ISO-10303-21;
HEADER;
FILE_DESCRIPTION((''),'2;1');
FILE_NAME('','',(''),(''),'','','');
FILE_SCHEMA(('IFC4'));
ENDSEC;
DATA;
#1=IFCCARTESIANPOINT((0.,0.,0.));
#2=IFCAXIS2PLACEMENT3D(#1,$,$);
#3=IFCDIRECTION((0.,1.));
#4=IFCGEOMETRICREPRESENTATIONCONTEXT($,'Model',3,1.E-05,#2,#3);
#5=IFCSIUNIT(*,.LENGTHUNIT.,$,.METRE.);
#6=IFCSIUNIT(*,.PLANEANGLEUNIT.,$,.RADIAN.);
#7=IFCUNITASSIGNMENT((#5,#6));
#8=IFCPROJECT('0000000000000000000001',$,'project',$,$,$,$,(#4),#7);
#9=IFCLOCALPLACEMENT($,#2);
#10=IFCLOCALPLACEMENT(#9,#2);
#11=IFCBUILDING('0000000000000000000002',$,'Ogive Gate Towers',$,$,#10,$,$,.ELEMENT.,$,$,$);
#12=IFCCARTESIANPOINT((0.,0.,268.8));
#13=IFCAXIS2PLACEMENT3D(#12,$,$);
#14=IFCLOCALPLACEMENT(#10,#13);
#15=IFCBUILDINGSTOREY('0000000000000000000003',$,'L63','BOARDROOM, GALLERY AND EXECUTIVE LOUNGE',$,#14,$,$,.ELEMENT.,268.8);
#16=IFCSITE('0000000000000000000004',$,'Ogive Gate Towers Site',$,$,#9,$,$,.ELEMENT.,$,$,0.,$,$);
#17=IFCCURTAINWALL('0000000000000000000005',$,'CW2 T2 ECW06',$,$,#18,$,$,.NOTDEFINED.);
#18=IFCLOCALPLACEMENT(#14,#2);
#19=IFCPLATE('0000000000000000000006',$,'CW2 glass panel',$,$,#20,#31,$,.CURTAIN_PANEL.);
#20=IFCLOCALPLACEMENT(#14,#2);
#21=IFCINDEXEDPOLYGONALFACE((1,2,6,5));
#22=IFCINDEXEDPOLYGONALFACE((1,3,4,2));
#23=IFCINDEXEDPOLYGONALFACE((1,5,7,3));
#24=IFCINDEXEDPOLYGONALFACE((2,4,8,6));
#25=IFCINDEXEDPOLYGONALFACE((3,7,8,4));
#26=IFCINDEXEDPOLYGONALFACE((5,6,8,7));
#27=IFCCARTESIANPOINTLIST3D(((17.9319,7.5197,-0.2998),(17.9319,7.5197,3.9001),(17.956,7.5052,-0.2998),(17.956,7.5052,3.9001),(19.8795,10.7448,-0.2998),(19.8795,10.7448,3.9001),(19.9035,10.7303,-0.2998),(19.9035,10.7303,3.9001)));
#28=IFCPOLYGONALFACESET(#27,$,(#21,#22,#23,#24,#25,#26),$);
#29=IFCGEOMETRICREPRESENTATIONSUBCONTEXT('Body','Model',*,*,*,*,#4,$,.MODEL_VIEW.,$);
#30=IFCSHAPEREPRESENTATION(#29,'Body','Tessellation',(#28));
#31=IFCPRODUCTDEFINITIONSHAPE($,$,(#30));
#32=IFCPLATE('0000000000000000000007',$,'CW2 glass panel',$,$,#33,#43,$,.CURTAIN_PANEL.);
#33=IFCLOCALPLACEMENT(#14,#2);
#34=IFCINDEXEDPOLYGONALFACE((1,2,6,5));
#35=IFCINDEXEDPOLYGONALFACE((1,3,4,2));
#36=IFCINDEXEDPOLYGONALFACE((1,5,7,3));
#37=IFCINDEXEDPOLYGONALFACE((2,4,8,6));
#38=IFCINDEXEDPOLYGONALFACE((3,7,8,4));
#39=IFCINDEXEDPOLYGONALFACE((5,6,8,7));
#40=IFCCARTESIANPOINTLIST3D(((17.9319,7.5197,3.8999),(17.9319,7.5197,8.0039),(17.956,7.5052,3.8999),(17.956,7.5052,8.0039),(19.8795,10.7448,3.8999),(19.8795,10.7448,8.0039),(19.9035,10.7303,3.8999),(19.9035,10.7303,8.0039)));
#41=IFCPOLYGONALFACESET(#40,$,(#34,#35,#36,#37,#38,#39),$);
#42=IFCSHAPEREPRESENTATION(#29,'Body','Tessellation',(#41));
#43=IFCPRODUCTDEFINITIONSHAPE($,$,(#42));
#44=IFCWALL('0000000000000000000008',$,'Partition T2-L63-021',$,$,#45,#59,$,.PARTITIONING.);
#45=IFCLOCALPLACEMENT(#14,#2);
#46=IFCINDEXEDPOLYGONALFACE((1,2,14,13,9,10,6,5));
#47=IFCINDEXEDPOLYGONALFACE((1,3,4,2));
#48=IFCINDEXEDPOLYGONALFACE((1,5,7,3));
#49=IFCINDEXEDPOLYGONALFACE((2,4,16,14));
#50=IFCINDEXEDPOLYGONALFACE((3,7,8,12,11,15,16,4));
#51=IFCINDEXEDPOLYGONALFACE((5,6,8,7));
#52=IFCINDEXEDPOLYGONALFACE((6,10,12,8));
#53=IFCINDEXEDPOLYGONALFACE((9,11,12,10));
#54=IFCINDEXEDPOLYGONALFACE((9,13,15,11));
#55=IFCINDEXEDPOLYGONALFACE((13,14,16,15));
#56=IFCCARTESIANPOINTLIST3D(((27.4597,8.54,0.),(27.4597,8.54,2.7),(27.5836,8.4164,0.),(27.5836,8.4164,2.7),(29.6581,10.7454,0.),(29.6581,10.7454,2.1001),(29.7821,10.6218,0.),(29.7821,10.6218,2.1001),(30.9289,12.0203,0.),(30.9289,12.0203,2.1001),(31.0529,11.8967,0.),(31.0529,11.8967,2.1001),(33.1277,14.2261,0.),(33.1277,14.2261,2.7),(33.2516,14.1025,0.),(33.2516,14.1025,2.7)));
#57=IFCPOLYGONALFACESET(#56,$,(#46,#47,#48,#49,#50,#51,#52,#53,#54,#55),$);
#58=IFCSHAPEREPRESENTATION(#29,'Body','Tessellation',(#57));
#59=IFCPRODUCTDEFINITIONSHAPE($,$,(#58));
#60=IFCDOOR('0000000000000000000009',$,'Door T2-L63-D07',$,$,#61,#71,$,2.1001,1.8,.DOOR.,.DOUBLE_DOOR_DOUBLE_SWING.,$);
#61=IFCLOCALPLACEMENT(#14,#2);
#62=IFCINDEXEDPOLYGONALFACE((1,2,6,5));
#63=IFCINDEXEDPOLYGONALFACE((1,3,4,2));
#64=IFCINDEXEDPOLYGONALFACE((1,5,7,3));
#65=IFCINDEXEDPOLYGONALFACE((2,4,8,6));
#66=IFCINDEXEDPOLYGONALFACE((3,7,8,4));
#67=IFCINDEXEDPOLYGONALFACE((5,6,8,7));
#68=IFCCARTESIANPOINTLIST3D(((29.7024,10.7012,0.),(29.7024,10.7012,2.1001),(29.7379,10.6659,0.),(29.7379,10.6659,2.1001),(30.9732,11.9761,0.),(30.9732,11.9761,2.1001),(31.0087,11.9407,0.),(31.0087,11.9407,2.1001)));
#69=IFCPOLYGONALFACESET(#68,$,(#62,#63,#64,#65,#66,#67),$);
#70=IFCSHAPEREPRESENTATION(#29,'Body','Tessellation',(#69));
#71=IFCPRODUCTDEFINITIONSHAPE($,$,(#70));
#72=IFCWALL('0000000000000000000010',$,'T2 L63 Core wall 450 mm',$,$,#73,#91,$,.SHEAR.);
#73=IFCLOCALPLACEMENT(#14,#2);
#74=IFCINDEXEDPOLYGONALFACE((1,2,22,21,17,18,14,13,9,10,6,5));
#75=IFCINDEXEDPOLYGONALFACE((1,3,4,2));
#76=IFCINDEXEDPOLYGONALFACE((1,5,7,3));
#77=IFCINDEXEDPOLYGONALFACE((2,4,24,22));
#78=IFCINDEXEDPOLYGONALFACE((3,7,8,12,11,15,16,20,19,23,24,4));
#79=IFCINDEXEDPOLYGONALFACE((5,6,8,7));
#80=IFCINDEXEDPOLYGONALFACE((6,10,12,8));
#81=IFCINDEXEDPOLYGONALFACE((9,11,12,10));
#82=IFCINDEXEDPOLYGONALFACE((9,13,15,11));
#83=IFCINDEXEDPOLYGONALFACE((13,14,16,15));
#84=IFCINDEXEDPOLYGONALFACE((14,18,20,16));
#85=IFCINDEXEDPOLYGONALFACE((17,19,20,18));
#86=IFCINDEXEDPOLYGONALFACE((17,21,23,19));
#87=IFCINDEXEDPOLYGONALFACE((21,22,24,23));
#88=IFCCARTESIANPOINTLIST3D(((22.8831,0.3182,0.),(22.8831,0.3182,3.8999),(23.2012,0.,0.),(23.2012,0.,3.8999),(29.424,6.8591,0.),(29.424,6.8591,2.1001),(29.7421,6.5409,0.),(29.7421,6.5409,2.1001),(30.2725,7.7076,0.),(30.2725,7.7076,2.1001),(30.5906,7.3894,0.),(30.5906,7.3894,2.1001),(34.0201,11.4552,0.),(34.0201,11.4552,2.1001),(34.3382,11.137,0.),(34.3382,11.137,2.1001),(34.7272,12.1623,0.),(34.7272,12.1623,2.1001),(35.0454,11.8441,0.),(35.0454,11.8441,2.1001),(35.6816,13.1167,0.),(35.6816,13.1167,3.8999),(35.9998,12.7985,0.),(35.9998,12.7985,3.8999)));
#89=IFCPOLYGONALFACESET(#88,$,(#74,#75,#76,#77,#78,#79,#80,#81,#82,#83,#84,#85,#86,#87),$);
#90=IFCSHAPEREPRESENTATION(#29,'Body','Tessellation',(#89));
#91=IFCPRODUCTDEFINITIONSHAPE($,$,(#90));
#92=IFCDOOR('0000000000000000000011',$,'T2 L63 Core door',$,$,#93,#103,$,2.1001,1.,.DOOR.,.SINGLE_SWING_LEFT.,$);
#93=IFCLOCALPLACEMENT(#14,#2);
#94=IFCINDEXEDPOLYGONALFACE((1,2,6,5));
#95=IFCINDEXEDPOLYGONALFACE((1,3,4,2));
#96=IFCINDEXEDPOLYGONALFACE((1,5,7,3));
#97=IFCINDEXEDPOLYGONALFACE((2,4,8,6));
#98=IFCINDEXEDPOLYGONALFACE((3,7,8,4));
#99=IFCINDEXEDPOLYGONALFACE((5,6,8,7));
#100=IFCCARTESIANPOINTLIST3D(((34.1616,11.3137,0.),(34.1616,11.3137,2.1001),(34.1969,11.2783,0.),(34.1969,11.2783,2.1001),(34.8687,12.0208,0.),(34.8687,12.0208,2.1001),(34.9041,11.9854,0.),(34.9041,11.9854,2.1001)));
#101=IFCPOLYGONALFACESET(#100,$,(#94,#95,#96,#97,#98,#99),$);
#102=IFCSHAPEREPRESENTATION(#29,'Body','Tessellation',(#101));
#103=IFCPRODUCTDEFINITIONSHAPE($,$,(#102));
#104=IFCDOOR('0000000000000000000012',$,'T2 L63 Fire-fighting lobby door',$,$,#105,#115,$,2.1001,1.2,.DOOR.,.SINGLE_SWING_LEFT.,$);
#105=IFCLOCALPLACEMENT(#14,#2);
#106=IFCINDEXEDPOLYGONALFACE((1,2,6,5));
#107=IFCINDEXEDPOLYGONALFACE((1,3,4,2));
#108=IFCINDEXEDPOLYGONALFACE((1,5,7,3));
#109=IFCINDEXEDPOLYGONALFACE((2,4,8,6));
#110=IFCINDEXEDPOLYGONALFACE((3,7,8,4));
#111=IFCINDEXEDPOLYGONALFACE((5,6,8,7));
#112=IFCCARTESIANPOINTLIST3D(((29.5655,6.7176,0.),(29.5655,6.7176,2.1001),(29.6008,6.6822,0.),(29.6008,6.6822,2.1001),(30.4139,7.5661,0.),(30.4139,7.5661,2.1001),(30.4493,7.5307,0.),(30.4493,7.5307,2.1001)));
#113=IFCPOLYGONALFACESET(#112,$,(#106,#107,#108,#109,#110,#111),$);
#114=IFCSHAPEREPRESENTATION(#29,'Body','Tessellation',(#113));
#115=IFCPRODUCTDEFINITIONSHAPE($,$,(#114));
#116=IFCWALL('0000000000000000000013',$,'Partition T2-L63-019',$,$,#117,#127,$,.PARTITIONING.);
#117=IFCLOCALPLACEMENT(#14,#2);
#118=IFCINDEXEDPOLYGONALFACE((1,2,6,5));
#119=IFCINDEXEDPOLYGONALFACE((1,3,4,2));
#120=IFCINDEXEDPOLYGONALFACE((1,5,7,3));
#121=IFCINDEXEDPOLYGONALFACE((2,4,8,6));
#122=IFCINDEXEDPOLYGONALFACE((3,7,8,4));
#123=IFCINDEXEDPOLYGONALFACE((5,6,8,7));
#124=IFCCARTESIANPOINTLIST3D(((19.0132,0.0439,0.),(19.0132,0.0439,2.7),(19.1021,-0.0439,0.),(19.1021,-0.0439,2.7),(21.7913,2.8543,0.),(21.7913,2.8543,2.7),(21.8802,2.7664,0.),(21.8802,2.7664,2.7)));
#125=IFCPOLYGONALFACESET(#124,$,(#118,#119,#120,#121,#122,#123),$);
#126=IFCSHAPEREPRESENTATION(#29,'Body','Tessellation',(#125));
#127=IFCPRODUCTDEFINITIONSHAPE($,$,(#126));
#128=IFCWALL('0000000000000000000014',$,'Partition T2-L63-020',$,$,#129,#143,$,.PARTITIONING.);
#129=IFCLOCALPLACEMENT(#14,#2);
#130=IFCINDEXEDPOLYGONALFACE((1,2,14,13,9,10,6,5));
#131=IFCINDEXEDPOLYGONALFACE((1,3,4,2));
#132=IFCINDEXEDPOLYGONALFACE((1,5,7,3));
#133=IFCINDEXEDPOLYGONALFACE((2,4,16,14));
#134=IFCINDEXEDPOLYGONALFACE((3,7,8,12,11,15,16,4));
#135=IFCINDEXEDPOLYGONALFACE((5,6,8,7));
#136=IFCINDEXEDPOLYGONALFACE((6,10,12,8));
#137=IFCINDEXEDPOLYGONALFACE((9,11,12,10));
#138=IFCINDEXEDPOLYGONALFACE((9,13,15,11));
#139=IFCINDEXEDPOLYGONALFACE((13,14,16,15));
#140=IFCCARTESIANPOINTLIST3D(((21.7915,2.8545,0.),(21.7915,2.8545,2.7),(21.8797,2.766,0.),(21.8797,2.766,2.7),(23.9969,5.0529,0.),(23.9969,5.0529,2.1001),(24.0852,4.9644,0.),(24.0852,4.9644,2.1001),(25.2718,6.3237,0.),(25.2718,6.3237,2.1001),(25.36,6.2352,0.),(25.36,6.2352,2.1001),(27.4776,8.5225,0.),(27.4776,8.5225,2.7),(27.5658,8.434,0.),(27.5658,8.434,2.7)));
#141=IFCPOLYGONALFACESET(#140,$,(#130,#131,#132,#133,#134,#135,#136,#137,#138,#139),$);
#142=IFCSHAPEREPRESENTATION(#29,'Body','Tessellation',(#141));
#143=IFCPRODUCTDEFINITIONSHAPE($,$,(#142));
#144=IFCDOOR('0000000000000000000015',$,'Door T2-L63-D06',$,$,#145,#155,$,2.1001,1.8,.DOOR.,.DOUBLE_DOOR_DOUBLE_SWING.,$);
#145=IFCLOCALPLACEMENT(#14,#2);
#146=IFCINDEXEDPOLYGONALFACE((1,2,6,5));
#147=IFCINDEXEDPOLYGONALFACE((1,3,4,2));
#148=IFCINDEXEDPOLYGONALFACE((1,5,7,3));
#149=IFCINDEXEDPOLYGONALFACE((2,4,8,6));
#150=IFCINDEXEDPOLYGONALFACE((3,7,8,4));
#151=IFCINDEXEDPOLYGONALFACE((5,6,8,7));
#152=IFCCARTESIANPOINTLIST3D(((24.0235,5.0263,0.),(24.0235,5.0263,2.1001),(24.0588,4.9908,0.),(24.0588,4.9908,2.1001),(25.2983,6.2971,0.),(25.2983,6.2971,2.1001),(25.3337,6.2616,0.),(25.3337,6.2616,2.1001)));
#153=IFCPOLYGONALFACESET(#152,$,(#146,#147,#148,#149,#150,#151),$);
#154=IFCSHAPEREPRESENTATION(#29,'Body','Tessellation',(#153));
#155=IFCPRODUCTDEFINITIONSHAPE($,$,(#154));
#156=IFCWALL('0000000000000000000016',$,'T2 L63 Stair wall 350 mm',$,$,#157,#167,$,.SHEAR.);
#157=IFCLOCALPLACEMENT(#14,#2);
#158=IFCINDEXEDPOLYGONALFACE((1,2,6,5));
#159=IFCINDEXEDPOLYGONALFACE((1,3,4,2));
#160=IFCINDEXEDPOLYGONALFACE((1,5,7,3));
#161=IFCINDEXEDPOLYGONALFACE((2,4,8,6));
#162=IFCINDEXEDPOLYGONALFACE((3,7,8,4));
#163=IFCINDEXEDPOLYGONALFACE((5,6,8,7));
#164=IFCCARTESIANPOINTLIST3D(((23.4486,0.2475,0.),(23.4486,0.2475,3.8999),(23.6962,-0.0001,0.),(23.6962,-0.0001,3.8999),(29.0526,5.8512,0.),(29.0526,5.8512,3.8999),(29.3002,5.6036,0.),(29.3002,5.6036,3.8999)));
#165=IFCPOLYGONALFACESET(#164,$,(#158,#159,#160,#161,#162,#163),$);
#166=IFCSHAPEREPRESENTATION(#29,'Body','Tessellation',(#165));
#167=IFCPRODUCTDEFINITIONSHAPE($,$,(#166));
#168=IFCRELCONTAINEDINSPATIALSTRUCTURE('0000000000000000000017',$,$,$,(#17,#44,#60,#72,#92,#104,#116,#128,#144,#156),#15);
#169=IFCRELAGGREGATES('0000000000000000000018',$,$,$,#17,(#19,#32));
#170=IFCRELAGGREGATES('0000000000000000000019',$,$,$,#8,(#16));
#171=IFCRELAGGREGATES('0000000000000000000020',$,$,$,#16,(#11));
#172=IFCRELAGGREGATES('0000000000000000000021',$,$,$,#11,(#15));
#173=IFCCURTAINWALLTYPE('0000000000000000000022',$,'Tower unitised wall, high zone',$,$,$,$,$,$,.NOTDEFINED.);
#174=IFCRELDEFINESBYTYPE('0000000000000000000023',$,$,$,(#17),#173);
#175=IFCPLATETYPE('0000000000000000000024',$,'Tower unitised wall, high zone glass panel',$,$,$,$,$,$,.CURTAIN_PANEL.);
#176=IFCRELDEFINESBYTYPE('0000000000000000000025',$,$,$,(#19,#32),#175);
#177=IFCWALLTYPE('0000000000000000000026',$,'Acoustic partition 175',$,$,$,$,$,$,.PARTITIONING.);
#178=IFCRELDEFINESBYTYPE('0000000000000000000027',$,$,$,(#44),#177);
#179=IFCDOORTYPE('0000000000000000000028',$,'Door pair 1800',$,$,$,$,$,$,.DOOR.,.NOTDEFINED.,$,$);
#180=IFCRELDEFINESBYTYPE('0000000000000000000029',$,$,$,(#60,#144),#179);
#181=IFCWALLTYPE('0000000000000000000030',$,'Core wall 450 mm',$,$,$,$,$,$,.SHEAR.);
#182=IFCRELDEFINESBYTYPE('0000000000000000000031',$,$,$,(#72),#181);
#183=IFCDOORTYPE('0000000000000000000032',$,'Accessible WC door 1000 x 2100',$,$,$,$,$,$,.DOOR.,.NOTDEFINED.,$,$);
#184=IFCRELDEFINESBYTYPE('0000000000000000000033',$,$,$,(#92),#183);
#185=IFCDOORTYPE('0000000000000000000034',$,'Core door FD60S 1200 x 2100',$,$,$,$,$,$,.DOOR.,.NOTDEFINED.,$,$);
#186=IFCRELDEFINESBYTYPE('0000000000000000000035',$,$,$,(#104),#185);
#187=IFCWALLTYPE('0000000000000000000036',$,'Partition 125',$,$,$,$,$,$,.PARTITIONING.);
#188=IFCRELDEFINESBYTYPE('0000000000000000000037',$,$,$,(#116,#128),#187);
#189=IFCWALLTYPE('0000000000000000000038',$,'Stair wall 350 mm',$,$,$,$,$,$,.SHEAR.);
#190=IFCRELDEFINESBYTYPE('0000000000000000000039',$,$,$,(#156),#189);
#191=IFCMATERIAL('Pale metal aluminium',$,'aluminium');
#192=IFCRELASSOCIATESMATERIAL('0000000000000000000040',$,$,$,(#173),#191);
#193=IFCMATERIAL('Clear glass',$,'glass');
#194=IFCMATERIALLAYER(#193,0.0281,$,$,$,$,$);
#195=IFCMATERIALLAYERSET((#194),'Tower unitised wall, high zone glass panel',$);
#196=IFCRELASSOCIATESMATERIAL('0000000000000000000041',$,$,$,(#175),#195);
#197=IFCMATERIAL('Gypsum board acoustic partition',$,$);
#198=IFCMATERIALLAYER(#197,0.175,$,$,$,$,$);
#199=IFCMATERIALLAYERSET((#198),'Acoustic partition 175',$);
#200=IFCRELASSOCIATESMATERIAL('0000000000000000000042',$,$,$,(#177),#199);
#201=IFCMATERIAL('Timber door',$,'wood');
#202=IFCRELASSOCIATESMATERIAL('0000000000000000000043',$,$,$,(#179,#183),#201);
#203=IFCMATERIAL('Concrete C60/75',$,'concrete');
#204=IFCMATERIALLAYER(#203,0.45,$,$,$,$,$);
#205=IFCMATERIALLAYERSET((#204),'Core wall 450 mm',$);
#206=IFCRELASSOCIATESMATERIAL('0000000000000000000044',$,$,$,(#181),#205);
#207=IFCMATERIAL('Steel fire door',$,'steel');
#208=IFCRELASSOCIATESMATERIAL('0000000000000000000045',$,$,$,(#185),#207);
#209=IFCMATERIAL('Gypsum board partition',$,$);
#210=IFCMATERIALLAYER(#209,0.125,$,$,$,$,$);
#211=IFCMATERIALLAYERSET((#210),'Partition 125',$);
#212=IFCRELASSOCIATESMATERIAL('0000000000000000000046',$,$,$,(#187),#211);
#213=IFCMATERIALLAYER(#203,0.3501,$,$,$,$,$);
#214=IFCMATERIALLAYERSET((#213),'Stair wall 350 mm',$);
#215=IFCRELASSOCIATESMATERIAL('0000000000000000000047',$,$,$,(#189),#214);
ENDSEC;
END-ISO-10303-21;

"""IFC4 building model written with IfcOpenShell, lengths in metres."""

from ifc_helpers import new_model, si_unit, direction, frame, frame_2d, origin, origin_2d, place, context, subcontext, project, spatial, rectangle, extrude, material, layer, layer_set, type_object, element, fill, aggregate, save


model = new_model("IFC4")

# Units and contexts
model_context = context("Model", 3, precision=1e-05, world=origin(), true_north=direction((0.0, 1.0)))
body_context = subcontext(model_context, "Body", "Model", "MODEL_VIEW")
ifc_project = project(units=[si_unit("LENGTHUNIT", "METRE"), si_unit("PLANEANGLEUNIT", "RADIAN")], contexts=[model_context])

# Site, building, storey
site_placement = place(None, origin())
site = spatial("IfcSite", under=ifc_project, at=site_placement, Name="Ogive Gate Towers Site", CompositionType="ELEMENT", RefElevation=0.0)
building_placement = place(site_placement, origin())
building = spatial("IfcBuilding", under=site, at=building_placement, Name="Ogive Gate Towers", CompositionType="ELEMENT")
storey_placement = place(building_placement, frame((0.0, 0.0, 268.8)))
storey = spatial("IfcBuildingStorey", under=building, at=storey_placement, Name="L63", Description="BOARDROOM, GALLERY AND EXECUTIVE LOUNGE", CompositionType="ELEMENT", Elevation=268.8)

# Curtain wall
ifc_material_1 = material(Name="Pale metal aluminium", Category="aluminium")
curtain_wall_type = type_object("IfcCurtainWallType", Name="Tower unitised wall, high zone", PredefinedType="NOTDEFINED", material=ifc_material_1)
curtain_wall_placement = place(storey_placement, origin())
curtain_wall = element("IfcCurtainWall", 1, at=curtain_wall_placement, inside=storey, type_object=curtain_wall_type, Name="CW2 T2 ECW06", PredefinedType="NOTDEFINED")

# Plates
ifc_material_2 = material(Name="Clear glass", Category="glass")
ifc_layer_1 = layer(ifc_material_2, 0.0281)
ifc_layer_set_1 = layer_set([ifc_layer_1], Name="Tower unitised wall, high zone glass panel")
plate_type = type_object("IfcPlateType", Name="Tower unitised wall, high zone glass panel", PredefinedType="CURTAIN_PANEL", material=ifc_layer_set_1)
plate_1_placement = place(storey_placement, frame((18.9177, 9.125, -0.2998), z_axis=(0.0, 0.0, 1.0), x_axis=(0.516922, 0.856033, 0.0)))
plate_1 = element("IfcPlate", 2, at=plate_1_placement, type_object=plate_type, Name="CW2 glass panel", PredefinedType="CURTAIN_PANEL", context=body_context, shape_type="SweptSolid", body=[
    extrude(rectangle(XDim=3.7676, YDim=0.0281, at=origin_2d()), origin(), (0.0, 0.0, 1.0), 4.2),
])
plate_2_placement = place(storey_placement, frame((18.9177, 9.125, 3.8999), z_axis=(0.0, 0.0, 1.0), x_axis=(0.516922, 0.856033, 0.0)))
plate_2 = element("IfcPlate", 3, at=plate_2_placement, type_object=plate_type, Name="CW2 glass panel", PredefinedType="CURTAIN_PANEL", context=body_context, shape_type="SweptSolid", body=[
    extrude(rectangle(XDim=3.7676, YDim=0.0281, at=origin_2d()), origin(), (0.0, 0.0, 1.0), 4.104),
])
aggregate(curtain_wall, [plate_1, plate_2])

# Wall, opening, door
ifc_material_3 = material(Name="Gypsum board acoustic partition")
ifc_layer_2 = layer(ifc_material_3, 0.175)
ifc_layer_set_2 = layer_set([ifc_layer_2], Name="Acoustic partition 175")
wall_type_1 = type_object("IfcWallType", Name="Acoustic partition 175", PredefinedType="PARTITIONING", material=ifc_layer_set_2)
wall_1_placement = place(storey_placement, frame((27.5217, 8.4783, 0.0), z_axis=(0.0, 0.0, 1.0), x_axis=(0.705981, 0.708231, 0.0)))
wall_1 = element("IfcWall", 4, at=wall_1_placement, inside=storey, type_object=wall_type_1, Name="Partition T2-L63-021", PredefinedType="PARTITIONING", context=body_context, shape_type="SweptSolid", body=[
    extrude(rectangle(XDim=8.0286, YDim=0.175, at=frame_2d((4.0142, 0.0))), origin(), (0.0, 0.0, 1.0), 2.7),
])
opening_1_placement = place(wall_1_placement, frame((3.114, 0.0, 0.0)))
opening_1 = element("IfcOpeningElement", 5, at=opening_1_placement, cuts=wall_1, PredefinedType="OPENING", context=body_context, shape_type="SweptSolid", body=[
    extrude(rectangle(XDim=1.8, YDim=2.1001, at=frame_2d((0.8999, 1.05))), frame((0.0, 0.0977, 0.0), z_axis=(0.0, -1.0, 0.0), x_axis=(1.0, 0.0, 0.0)), (0.0, 0.0, 1.0), 0.1951),
])
ifc_material_4 = material(Name="Timber door", Category="wood")
door_type_1 = type_object("IfcDoorType", Name="Door pair 1800", OperationType="NOTDEFINED", PredefinedType="DOOR", material=ifc_material_4)
door_1_placement = place(opening_1_placement, origin())
door_1 = element("IfcDoor", 6, at=door_1_placement, inside=storey, type_object=door_type_1, Name="Door T2-L63-D07", OperationType="DOUBLE_DOOR_DOUBLE_SWING", OverallHeight=2.1001, OverallWidth=1.8, PredefinedType="DOOR", context=body_context, shape_type="SweptSolid", body=[
    extrude(rectangle(XDim=1.8, YDim=2.1001, at=frame_2d((0.8999, 1.05))), frame((0.0, 0.0249, 0.0), z_axis=(0.0, -1.0, 0.0), x_axis=(1.0, 0.0, 0.0)), (0.0, 0.0, 1.0), 0.05),
])
fill(opening_1, door_1)

# Wall, openings, doors
ifc_material_5 = material(Name="Concrete C60/75", Category="concrete")
ifc_layer_3 = layer(ifc_material_5, 0.45)
ifc_layer_set_3 = layer_set([ifc_layer_3], Name="Core wall 450 mm")
wall_type_2 = type_object("IfcWallType", Name="Core wall 450 mm", PredefinedType="SHEAR", material=ifc_layer_set_3)
wall_2_placement = place(storey_placement, frame((23.0422, 0.1592, 0.0), z_axis=(0.0, 0.0, 1.0), x_axis=(0.707107, 0.707107, 0.0)))
wall_2 = element("IfcWall", 7, at=wall_2_placement, inside=storey, type_object=wall_type_2, Name="T2 L63 Core wall 450 mm", PredefinedType="SHEAR", context=body_context, shape_type="SweptSolid", body=[
    extrude(rectangle(XDim=18.0999, YDim=0.45, at=frame_2d((9.0498, 0.0))), origin(), (0.0, 0.0, 1.0), 3.8999),
])
opening_2_placement = place(wall_2_placement, frame((9.25, 0.0, 0.0)))
opening_2 = element("IfcOpeningElement", 8, at=opening_2_placement, cuts=wall_2, PredefinedType="OPENING", context=body_context, shape_type="SweptSolid", body=[
    extrude(rectangle(XDim=1.2, YDim=2.1001, at=frame_2d((0.6001, 1.05))), frame((0.0, 0.2349, 0.0), z_axis=(0.0, -1.0, 0.0), x_axis=(1.0, 0.0, 0.0)), (0.0, 0.0, 1.0), 0.47),
])
opening_3_placement = place(wall_2_placement, frame((15.75, 0.0, 0.0)))
opening_3 = element("IfcOpeningElement", 9, at=opening_3_placement, cuts=wall_2, PredefinedType="OPENING", context=body_context, shape_type="SweptSolid", body=[
    extrude(rectangle(XDim=1.0, YDim=2.1001, at=frame_2d((0.5, 1.05))), frame((0.0, 0.2349, 0.0), z_axis=(0.0, -1.0, 0.0), x_axis=(1.0, 0.0, 0.0)), (0.0, 0.0, 1.0), 0.47),
])
door_type_2 = type_object("IfcDoorType", Name="Accessible WC door 1000 x 2100", OperationType="NOTDEFINED", PredefinedType="DOOR", material=ifc_material_4)
door_2_placement = place(opening_3_placement, origin())
door_2 = element("IfcDoor", 10, at=door_2_placement, inside=storey, type_object=door_type_2, Name="T2 L63 Core door", OperationType="SINGLE_SWING_LEFT", OverallHeight=2.1001, OverallWidth=1.0, PredefinedType="DOOR", context=body_context, shape_type="SweptSolid", body=[
    extrude(rectangle(XDim=1.0, YDim=2.1001, at=frame_2d((0.5, 1.05))), frame((0.0, 0.0249, 0.0), z_axis=(0.0, -1.0, 0.0), x_axis=(1.0, 0.0, 0.0)), (0.0, 0.0, 1.0), 0.05),
])
fill(opening_3, door_2)
ifc_material_6 = material(Name="Steel fire door", Category="steel")
door_type_3 = type_object("IfcDoorType", Name="Core door FD60S 1200 x 2100", OperationType="NOTDEFINED", PredefinedType="DOOR", material=ifc_material_6)
door_3_placement = place(opening_2_placement, origin())
door_3 = element("IfcDoor", 11, at=door_3_placement, inside=storey, type_object=door_type_3, Name="T2 L63 Fire-fighting lobby door", OperationType="SINGLE_SWING_LEFT", OverallHeight=2.1001, OverallWidth=1.2, PredefinedType="DOOR", context=body_context, shape_type="SweptSolid", body=[
    extrude(rectangle(XDim=1.2, YDim=2.1001, at=frame_2d((0.6001, 1.05))), frame((0.0, 0.0249, 0.0), z_axis=(0.0, -1.0, 0.0), x_axis=(1.0, 0.0, 0.0)), (0.0, 0.0, 1.0), 0.05),
])
fill(opening_2, door_3)

# Wall
ifc_material_7 = material(Name="Gypsum board partition")
ifc_layer_4 = layer(ifc_material_7, 0.125)
ifc_layer_set_4 = layer_set([ifc_layer_4], Name="Partition 125")
wall_type_3 = type_object("IfcWallType", Name="Partition 125", PredefinedType="PARTITIONING", material=ifc_layer_set_4)
wall_3_placement = place(storey_placement, frame((19.0576, 0.0, 0.0), z_axis=(0.0, 0.0, 1.0), x_axis=(0.703017, 0.711173, 0.0)))
element("IfcWall", 12, at=wall_3_placement, inside=storey, type_object=wall_type_3, Name="Partition T2-L63-019", PredefinedType="PARTITIONING", context=body_context, shape_type="SweptSolid", body=[
    extrude(rectangle(XDim=3.9517, YDim=0.125, at=frame_2d((1.9758, 0.0))), origin(), (0.0, 0.0, 1.0), 2.7),
])

# Wall, opening, door
wall_4_placement = place(storey_placement, frame((21.8357, 2.8103, 0.0), z_axis=(0.0, 0.0, 1.0), x_axis=(0.708231, 0.705981, 0.0)))
wall_4 = element("IfcWall", 13, at=wall_4_placement, inside=storey, type_object=wall_type_3, Name="Partition T2-L63-020", PredefinedType="PARTITIONING", context=body_context, shape_type="SweptSolid", body=[
    extrude(rectangle(XDim=8.0286, YDim=0.125, at=frame_2d((4.0142, 0.0))), origin(), (0.0, 0.0, 1.0), 2.7),
])
opening_4_placement = place(wall_4_placement, frame((3.114, 0.0, 0.0)))
opening_4 = element("IfcOpeningElement", 14, at=opening_4_placement, cuts=wall_4, PredefinedType="OPENING", context=body_context, shape_type="SweptSolid", body=[
    extrude(rectangle(XDim=1.8, YDim=2.1001, at=frame_2d((0.8999, 1.05))), frame((0.0, 0.0725, 0.0), z_axis=(0.0, -1.0, 0.0), x_axis=(1.0, 0.0, 0.0)), (0.0, 0.0, 1.0), 0.145),
])
door_4_placement = place(opening_4_placement, origin())
door_4 = element("IfcDoor", 15, at=door_4_placement, inside=storey, type_object=door_type_1, Name="Door T2-L63-D06", OperationType="DOUBLE_DOOR_DOUBLE_SWING", OverallHeight=2.1001, OverallWidth=1.8, PredefinedType="DOOR", context=body_context, shape_type="SweptSolid", body=[
    extrude(rectangle(XDim=1.8, YDim=2.1001, at=frame_2d((0.8999, 1.05))), frame((0.0, 0.0249, 0.0), z_axis=(0.0, -1.0, 0.0), x_axis=(1.0, 0.0, 0.0)), (0.0, 0.0, 1.0), 0.05),
])
fill(opening_4, door_4)

# Wall
ifc_layer_5 = layer(ifc_material_5, 0.3501)
ifc_layer_set_5 = layer_set([ifc_layer_5], Name="Stair wall 350 mm")
wall_type_4 = type_object("IfcWallType", Name="Stair wall 350 mm", PredefinedType="SHEAR", material=ifc_layer_set_5)
wall_5_placement = place(storey_placement, frame((23.5725, 0.1238, 0.0), z_axis=(0.0, 0.0, 1.0), x_axis=(0.707122, 0.707091, 0.0)))
element("IfcWall", 16, at=wall_5_placement, inside=storey, type_object=wall_type_4, Name="T2 L63 Stair wall 350 mm", PredefinedType="SHEAR", context=body_context, shape_type="SweptSolid", body=[
    extrude(rectangle(XDim=7.925, YDim=0.3501, at=frame_2d((3.9624, 0.0))), origin(), (0.0, 0.0, 1.0), 3.8999),
])

save(model, "model.ifc")
